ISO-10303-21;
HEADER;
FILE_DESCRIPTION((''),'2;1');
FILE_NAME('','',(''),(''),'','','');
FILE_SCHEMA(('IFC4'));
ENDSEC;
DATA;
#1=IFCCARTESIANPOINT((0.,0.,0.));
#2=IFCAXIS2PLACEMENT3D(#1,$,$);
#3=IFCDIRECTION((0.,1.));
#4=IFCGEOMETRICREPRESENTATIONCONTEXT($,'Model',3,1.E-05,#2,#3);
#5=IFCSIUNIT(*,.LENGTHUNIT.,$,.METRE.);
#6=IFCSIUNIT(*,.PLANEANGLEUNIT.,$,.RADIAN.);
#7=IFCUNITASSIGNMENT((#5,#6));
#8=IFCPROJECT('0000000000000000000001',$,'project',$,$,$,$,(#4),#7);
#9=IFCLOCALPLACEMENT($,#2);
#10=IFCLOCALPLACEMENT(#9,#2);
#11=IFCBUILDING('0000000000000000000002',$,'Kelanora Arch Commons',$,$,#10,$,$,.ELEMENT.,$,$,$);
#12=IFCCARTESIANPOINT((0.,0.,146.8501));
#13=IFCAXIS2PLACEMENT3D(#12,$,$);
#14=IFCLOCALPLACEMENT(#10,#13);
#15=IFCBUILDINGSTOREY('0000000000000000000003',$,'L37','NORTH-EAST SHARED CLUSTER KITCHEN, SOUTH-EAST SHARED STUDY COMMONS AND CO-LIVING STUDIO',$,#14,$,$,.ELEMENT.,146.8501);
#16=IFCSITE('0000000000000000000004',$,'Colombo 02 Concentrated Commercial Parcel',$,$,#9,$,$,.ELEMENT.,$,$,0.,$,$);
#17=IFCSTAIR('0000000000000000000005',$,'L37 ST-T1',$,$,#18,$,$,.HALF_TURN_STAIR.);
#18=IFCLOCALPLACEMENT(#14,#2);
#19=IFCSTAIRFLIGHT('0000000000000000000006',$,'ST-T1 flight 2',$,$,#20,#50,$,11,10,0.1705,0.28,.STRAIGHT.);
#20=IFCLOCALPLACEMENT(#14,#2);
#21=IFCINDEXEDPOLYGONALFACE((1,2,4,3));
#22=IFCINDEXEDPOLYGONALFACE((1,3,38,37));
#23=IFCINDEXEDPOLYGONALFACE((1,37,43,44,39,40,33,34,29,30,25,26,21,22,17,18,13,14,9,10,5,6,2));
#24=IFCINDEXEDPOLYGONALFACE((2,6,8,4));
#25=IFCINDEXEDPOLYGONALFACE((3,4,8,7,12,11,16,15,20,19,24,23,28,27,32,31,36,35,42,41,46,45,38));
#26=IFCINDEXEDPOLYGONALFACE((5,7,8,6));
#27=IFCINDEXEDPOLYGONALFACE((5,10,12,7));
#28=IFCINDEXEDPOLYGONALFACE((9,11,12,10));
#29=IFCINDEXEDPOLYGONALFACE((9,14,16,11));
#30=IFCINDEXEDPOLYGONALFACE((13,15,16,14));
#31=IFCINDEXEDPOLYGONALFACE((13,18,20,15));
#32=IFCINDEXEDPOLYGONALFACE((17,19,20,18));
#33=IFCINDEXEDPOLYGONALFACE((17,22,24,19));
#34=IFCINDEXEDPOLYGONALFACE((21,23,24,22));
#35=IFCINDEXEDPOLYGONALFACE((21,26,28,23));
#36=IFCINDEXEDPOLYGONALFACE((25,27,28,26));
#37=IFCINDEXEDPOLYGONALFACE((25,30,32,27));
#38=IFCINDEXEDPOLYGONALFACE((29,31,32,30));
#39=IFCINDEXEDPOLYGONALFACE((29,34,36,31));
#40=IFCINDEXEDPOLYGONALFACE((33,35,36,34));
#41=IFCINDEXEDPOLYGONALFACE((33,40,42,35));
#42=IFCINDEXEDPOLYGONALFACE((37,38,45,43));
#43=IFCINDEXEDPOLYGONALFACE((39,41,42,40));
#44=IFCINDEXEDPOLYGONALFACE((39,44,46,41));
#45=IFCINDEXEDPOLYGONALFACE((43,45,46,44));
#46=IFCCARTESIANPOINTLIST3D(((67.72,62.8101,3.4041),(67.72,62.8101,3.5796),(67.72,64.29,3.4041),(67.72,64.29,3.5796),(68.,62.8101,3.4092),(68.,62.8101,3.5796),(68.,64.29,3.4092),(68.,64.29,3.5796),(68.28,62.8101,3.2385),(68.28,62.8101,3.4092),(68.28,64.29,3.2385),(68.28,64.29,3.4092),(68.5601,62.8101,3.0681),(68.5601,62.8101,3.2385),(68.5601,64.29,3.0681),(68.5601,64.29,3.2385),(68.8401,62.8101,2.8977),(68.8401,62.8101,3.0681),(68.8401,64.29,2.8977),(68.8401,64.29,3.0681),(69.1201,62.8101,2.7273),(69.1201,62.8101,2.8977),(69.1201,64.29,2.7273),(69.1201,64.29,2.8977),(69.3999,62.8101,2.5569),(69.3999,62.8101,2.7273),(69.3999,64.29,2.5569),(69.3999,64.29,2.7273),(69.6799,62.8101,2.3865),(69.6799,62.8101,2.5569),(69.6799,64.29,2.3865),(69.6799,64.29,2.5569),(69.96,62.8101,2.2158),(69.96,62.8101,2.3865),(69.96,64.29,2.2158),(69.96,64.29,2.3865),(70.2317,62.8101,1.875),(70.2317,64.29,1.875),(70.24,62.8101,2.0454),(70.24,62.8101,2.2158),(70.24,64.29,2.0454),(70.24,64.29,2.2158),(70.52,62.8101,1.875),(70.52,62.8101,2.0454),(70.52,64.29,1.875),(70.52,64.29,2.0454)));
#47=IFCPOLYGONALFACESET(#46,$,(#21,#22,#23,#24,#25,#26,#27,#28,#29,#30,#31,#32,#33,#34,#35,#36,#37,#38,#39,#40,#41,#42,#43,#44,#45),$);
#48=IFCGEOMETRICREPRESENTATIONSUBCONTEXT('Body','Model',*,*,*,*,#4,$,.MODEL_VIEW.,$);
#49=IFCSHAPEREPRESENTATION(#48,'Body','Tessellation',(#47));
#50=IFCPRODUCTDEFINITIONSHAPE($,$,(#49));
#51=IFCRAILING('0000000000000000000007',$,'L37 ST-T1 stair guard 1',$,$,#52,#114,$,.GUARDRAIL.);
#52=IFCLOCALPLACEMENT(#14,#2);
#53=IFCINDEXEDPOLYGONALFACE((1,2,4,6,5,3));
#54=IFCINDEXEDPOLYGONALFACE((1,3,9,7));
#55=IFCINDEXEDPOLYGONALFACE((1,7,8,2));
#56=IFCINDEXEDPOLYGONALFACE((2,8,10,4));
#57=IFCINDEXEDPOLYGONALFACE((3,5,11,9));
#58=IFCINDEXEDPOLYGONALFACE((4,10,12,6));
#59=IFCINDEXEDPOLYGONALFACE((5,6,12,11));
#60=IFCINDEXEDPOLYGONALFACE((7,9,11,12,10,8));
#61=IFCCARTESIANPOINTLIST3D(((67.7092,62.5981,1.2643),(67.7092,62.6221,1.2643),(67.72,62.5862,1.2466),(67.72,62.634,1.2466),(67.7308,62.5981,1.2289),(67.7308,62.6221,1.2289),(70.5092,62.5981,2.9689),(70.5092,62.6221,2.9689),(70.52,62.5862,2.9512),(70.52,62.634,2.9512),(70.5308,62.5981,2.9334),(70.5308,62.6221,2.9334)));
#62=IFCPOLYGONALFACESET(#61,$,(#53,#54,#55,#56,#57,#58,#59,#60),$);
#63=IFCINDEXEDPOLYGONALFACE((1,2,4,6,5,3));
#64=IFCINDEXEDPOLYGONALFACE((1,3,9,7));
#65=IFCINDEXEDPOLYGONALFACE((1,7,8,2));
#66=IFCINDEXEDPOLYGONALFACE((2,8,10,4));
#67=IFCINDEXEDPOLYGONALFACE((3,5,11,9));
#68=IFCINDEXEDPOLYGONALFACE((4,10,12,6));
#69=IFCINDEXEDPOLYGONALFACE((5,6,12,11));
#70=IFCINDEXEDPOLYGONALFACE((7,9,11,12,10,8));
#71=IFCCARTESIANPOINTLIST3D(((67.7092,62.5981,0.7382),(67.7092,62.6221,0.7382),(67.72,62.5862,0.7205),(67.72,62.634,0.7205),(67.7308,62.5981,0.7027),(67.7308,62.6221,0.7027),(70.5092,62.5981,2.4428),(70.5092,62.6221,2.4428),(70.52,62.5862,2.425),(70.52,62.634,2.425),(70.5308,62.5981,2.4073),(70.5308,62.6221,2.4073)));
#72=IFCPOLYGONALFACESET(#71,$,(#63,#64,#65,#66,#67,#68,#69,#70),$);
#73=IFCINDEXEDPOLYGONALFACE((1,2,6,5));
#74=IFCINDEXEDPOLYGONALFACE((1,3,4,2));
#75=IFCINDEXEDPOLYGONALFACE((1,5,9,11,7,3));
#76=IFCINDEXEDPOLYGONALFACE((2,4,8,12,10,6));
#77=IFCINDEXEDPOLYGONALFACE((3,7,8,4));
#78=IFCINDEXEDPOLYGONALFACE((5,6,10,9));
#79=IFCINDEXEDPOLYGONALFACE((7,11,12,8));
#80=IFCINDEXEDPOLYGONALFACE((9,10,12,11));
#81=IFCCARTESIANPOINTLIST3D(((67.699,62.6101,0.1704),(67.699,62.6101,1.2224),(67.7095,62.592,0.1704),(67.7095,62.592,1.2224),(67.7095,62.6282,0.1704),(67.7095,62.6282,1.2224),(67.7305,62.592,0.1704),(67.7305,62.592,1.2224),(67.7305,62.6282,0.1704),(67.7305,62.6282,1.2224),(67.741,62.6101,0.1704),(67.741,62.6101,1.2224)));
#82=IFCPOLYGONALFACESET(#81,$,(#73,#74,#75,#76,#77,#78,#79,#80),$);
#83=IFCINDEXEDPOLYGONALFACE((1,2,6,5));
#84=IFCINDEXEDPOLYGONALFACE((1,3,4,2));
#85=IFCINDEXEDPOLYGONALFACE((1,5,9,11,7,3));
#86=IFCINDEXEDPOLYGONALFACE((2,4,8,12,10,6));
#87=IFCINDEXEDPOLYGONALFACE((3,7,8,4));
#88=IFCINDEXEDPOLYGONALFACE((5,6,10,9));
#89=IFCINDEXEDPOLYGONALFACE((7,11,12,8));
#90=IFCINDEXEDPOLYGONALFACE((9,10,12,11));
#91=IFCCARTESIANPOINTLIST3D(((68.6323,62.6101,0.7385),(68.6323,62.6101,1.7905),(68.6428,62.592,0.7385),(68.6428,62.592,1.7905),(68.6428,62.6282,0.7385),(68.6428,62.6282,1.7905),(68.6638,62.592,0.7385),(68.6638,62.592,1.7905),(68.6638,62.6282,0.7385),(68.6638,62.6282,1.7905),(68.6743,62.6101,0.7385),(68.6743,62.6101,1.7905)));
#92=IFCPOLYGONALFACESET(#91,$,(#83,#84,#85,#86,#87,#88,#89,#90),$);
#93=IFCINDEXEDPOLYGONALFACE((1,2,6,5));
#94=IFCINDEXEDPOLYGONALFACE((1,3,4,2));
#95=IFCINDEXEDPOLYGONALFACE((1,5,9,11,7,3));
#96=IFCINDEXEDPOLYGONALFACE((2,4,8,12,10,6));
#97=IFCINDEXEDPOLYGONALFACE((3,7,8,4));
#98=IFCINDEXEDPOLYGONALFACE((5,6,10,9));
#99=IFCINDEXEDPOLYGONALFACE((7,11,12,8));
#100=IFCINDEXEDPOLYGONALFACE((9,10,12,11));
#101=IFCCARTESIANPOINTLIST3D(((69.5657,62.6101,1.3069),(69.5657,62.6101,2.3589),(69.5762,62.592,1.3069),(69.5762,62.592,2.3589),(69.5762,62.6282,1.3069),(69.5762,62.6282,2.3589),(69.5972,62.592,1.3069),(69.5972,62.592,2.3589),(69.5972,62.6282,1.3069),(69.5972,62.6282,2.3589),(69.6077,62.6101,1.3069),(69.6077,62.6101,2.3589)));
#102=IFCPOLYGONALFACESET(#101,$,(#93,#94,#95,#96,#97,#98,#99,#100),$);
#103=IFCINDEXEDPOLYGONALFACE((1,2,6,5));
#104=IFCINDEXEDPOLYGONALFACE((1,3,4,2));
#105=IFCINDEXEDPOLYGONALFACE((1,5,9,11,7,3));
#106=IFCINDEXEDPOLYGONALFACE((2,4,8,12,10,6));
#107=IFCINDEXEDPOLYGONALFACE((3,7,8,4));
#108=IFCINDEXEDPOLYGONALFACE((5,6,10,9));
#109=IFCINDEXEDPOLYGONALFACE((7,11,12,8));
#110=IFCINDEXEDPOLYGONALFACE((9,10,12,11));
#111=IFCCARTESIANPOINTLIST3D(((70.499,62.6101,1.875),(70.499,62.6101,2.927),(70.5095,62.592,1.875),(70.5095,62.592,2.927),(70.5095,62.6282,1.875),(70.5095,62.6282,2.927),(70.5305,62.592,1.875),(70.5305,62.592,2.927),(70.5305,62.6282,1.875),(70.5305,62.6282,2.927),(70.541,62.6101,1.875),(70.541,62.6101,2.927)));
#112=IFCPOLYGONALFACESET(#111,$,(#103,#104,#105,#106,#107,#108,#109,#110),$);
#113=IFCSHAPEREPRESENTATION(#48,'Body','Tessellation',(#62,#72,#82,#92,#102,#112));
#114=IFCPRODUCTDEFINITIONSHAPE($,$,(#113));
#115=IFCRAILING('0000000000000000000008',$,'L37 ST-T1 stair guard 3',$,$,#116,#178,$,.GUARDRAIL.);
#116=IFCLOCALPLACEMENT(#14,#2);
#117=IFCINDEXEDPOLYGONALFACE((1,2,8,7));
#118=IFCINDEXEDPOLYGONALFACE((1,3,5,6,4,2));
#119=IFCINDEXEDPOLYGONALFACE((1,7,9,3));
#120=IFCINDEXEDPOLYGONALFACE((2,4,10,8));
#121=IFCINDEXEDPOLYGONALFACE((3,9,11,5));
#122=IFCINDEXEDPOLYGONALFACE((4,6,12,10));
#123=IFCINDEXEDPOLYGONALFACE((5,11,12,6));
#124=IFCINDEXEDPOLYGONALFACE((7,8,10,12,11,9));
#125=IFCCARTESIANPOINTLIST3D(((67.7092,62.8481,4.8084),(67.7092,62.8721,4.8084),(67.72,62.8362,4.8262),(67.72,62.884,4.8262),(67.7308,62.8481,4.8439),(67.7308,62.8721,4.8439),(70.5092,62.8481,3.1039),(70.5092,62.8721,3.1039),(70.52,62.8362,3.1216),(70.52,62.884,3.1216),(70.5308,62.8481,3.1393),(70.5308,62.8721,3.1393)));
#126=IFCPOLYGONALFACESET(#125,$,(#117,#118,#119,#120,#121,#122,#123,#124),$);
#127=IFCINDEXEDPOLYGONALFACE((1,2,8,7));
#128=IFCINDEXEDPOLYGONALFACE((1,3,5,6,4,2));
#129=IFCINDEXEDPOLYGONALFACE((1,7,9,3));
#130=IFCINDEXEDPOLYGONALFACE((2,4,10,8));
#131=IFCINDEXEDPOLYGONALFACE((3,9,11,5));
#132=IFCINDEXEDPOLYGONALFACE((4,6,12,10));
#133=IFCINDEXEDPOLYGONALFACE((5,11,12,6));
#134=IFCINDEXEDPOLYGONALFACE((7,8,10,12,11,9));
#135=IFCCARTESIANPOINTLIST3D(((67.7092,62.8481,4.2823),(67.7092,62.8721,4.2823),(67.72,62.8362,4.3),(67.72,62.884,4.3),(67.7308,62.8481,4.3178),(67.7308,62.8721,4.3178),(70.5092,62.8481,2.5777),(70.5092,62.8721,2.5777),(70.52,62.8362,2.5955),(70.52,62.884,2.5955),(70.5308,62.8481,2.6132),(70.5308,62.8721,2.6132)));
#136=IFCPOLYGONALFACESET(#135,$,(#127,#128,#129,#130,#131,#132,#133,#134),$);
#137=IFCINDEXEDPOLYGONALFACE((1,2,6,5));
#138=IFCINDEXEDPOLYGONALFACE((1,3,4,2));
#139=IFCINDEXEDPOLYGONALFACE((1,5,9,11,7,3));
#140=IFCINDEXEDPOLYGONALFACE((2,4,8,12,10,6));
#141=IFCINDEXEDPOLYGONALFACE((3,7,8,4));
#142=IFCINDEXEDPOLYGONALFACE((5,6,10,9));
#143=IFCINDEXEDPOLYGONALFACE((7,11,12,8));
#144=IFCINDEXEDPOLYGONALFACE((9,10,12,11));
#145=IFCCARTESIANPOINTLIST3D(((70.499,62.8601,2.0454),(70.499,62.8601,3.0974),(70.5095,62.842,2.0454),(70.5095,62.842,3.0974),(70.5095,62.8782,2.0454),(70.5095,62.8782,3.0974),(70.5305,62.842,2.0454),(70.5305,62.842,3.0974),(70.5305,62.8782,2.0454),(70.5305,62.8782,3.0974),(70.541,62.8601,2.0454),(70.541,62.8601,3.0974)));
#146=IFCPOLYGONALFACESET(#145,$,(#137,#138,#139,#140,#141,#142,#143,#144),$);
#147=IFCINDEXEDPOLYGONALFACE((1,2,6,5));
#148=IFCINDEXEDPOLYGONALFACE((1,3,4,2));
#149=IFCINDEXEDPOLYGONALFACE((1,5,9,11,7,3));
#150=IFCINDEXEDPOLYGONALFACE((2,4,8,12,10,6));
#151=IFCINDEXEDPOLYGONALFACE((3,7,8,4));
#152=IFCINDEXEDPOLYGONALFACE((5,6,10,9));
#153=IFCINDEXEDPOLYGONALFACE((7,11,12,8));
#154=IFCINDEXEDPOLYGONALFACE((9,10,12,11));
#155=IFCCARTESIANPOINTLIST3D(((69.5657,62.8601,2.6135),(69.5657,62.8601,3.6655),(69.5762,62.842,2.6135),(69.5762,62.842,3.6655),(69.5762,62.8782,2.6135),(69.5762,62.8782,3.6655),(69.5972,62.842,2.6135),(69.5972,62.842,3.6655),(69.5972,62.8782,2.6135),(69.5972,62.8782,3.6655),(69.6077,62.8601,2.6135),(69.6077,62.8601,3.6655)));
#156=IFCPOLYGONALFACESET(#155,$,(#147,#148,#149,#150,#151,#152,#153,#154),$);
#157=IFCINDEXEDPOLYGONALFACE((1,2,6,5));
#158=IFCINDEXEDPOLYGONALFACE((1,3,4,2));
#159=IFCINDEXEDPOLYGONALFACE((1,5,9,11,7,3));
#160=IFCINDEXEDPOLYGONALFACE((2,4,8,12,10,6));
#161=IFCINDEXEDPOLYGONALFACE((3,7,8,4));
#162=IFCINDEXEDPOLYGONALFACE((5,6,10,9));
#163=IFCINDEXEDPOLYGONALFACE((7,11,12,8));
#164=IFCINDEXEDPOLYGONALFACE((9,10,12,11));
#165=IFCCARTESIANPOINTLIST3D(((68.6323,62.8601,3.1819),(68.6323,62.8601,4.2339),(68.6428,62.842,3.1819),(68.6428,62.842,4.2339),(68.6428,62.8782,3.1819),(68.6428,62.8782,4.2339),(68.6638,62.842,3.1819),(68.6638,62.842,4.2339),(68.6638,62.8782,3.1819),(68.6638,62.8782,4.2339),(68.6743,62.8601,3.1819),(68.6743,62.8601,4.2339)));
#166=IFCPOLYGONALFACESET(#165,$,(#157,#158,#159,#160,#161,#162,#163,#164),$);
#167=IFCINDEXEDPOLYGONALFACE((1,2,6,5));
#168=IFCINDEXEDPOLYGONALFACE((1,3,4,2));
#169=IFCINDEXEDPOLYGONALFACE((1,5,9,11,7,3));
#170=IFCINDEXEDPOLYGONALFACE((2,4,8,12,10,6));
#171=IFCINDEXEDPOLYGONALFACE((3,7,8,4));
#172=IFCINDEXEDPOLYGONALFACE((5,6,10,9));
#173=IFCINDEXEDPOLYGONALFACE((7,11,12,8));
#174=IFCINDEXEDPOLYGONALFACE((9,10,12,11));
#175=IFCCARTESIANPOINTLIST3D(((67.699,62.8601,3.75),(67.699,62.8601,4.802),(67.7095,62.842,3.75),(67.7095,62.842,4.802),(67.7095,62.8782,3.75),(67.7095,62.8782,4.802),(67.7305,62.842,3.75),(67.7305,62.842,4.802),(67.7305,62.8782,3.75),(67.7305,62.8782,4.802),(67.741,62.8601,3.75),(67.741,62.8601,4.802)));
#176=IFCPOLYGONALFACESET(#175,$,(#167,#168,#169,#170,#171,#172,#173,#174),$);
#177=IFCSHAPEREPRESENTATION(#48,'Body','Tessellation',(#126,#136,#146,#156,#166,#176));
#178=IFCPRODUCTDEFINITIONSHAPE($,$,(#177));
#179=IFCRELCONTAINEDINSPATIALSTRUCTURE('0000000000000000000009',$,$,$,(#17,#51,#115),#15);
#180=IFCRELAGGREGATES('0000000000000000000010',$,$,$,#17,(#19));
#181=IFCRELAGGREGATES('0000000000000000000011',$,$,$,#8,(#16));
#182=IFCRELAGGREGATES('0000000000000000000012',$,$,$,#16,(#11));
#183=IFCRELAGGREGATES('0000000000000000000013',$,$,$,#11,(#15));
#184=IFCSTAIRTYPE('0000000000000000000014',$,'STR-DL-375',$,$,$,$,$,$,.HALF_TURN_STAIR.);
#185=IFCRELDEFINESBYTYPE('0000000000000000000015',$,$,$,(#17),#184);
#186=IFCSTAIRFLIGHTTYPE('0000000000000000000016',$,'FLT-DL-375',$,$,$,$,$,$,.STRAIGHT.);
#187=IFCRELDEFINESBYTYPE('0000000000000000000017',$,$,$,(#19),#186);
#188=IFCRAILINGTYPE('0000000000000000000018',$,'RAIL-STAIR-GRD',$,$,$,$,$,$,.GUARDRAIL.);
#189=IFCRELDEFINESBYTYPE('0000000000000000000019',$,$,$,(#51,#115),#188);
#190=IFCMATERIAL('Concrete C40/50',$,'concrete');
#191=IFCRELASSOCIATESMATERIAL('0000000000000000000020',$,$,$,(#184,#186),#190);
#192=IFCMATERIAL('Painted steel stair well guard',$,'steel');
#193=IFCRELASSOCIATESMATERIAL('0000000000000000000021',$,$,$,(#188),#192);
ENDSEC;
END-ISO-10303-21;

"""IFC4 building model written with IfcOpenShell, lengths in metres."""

from ifc_helpers import new_model, si_unit, direction, frame, origin, place, context, subcontext, project, spatial, polyline, outline, extrude, material, type_object, element, aggregate, save


model = new_model("IFC4")

# Units and contexts
model_context = context("Model", 3, precision=1e-05, world=origin(), true_north=direction((0.0, 1.0)))
body_context = subcontext(model_context, "Body", "Model", "MODEL_VIEW")
ifc_project = project(units=[si_unit("LENGTHUNIT", "METRE"), si_unit("PLANEANGLEUNIT", "RADIAN")], contexts=[model_context])

# Site, building, storey
site_placement = place(None, origin())
site = spatial("IfcSite", under=ifc_project, at=site_placement, Name="Colombo 02 Concentrated Commercial Parcel", CompositionType="ELEMENT", RefElevation=0.0)
building_placement = place(site_placement, origin())
building = spatial("IfcBuilding", under=site, at=building_placement, Name="Kelanora Arch Commons", CompositionType="ELEMENT")
storey_placement = place(building_placement, frame((0.0, 0.0, 146.8501)))
storey = spatial("IfcBuildingStorey", under=building, at=storey_placement, Name="L37", Description="NORTH-EAST SHARED CLUSTER KITCHEN, SOUTH-EAST SHARED STUDY COMMONS AND CO-LIVING STUDIO", CompositionType="ELEMENT", Elevation=146.8501)

# Shared definitions
ifc_material_1 = material(Name="Concrete C40/50", Category="concrete")

# Stair, stair flight
stair_type = type_object("IfcStairType", Name="STR-DL-375", PredefinedType="HALF_TURN_STAIR", material=ifc_material_1)
stair_placement = place(storey_placement, origin())
stair = element("IfcStair", 1, at=stair_placement, inside=storey, type_object=stair_type, Name="L37 ST-T1", PredefinedType="HALF_TURN_STAIR")
stair_flight_type = type_object("IfcStairFlightType", Name="FLT-DL-375", PredefinedType="STRAIGHT", material=ifc_material_1)
stair_flight_1_placement = place(storey_placement, frame((70.52, 63.55, 1.875), z_axis=(0.0, 0.0, 1.0), x_axis=(-1.0, 0.0, 0.0)))
stair_flight_1 = element("IfcStairFlight", 2, at=stair_flight_1_placement, type_object=stair_flight_type, Name="ST-T1 flight 2", NumberOfRisers=11, NumberOfTreads=10, PredefinedType="STRAIGHT", RiserHeight=0.1705, TreadLength=0.28, context=body_context, shape_type="SweptSolid", body=[
    extrude(outline(polyline([(0.0, 0.0), (0.0, 0.1704), (0.28, 0.1704), (0.28, 0.3408), (0.5601, 0.3408), (0.5601, 0.5115), (0.8401, 0.5115), (0.8401, 0.6819), (1.1201, 0.6819), (1.1201, 0.8523), (1.3999, 0.8523), (1.3999, 1.0227), (1.6799, 1.0227), (1.6799, 1.1931), (1.96, 1.1931), (1.96, 1.3635), (2.24, 1.3635), (2.24, 1.5342), (2.52, 1.5342), (2.52, 1.7046), (2.8, 1.7046), (2.8, 1.875), (2.8, 1.5291), (0.2883, 0.0), (0.0, 0.0)])), frame((0.0, 0.74, 0.0), z_axis=(0.0, -1.0, 0.0), x_axis=(1.0, 0.0, 0.0)), (0.0, 0.0, 1.0), 1.48),
])
aggregate(stair, [stair_flight_1])

# Railings
ifc_material_2 = material(Name="Painted steel stair well guard", Category="steel")
railing_type_1 = type_object("IfcRailingType", Name="RAIL-STAIR-GRD", PredefinedType="GUARDRAIL", material=ifc_material_2)
railing_1_placement = place(storey_placement, frame((67.72, 62.6101, 0.1704)))
element("IfcRailing", 3, at=railing_1_placement, inside=storey, type_object=railing_type_1, Name="L37 ST-T1 stair guard 1", PredefinedType="GUARDRAIL", context=body_context, shape_type="SweptSolid", body=[
    extrude(outline(polyline([(0.0239, 0.0), (0.012, 0.0208), (-0.012, 0.0208), (-0.0239, 0.0), (-0.012, -0.0208), (0.012, -0.0208), (0.0239, 0.0)])), frame((0.0, 0.0, 1.0762), z_axis=(0.85417, 0.0, 0.519994), x_axis=(0.0, 1.0, 0.0)), (0.0, 0.0, 1.0), 3.2781),
    extrude(outline(polyline([(0.0239, 0.0), (0.012, 0.0208), (-0.012, 0.0208), (-0.0239, 0.0), (-0.012, -0.0208), (0.012, -0.0208), (0.0239, 0.0)])), frame((0.0, 0.0, 0.55), z_axis=(0.85417, 0.0, 0.519994), x_axis=(0.0, 1.0, 0.0)), (0.0, 0.0, 1.0), 3.2781),
    extrude(outline(polyline([(0.021, 0.0), (0.0105, 0.0181), (-0.0105, 0.0181), (-0.021, 0.0), (-0.0105, -0.0181), (0.0105, -0.0181), (0.021, 0.0)])), origin(), (0.0, 0.0, 1.0), 1.052),
    extrude(outline(polyline([(0.021, 0.0), (0.0105, 0.0181), (-0.0105, 0.0181), (-0.021, 0.0), (-0.0105, -0.0181), (0.0105, -0.0181), (0.021, 0.0)])), frame((0.9333, 0.0, 0.5681)), (0.0, 0.0, 1.0), 1.052),
    extrude(outline(polyline([(0.021, 0.0), (0.0105, 0.0181), (-0.0105, 0.0181), (-0.021, 0.0), (-0.0105, -0.0181), (0.0105, -0.0181), (0.021, 0.0)])), frame((1.8667, 0.0, 1.1365)), (0.0, 0.0, 1.0), 1.052),
    extrude(outline(polyline([(0.021, 0.0), (0.0105, 0.0181), (-0.0105, 0.0181), (-0.021, 0.0), (-0.0105, -0.0181), (0.0105, -0.0181), (0.021, 0.0)])), frame((2.8, 0.0, 1.7046)), (0.0, 0.0, 1.0), 1.052),
])
railing_2_placement = place(storey_placement, frame((70.52, 62.8601, 2.0454)))
element("IfcRailing", 4, at=railing_2_placement, inside=storey, type_object=railing_type_1, Name="L37 ST-T1 stair guard 3", PredefinedType="GUARDRAIL", context=body_context, shape_type="SweptSolid", body=[
    extrude(outline(polyline([(0.0239, 0.0), (0.012, 0.0208), (-0.012, 0.0208), (-0.0239, 0.0), (-0.012, -0.0208), (0.012, -0.0208), (0.0239, 0.0)])), frame((0.0, 0.0, 1.0762), z_axis=(-0.85417, 0.0, 0.519994), x_axis=(0.0, -1.0, 0.0)), (0.0, 0.0, 1.0), 3.2781),
    extrude(outline(polyline([(0.0239, 0.0), (0.012, 0.0208), (-0.012, 0.0208), (-0.0239, 0.0), (-0.012, -0.0208), (0.012, -0.0208), (0.0239, 0.0)])), frame((0.0, 0.0, 0.55), z_axis=(-0.85417, 0.0, 0.519994), x_axis=(0.0, -1.0, 0.0)), (0.0, 0.0, 1.0), 3.2781),
    extrude(outline(polyline([(0.021, 0.0), (0.0105, 0.0181), (-0.0105, 0.0181), (-0.021, 0.0), (-0.0105, -0.0181), (0.0105, -0.0181), (0.021, 0.0)])), origin(), (0.0, 0.0, 1.0), 1.052),
    extrude(outline(polyline([(0.021, 0.0), (0.0105, 0.0181), (-0.0105, 0.0181), (-0.021, 0.0), (-0.0105, -0.0181), (0.0105, -0.0181), (0.021, 0.0)])), frame((-0.9333, 0.0, 0.5681)), (0.0, 0.0, 1.0), 1.052),
    extrude(outline(polyline([(0.021, 0.0), (0.0105, 0.0181), (-0.0105, 0.0181), (-0.021, 0.0), (-0.0105, -0.0181), (0.0105, -0.0181), (0.021, 0.0)])), frame((-1.8667, 0.0, 1.1365)), (0.0, 0.0, 1.0), 1.052),
    extrude(outline(polyline([(0.021, 0.0), (0.0105, 0.0181), (-0.0105, 0.0181), (-0.021, 0.0), (-0.0105, -0.0181), (0.0105, -0.0181), (0.021, 0.0)])), frame((-2.8, 0.0, 1.7046)), (0.0, 0.0, 1.0), 1.052),
])

save(model, "model.ifc")
